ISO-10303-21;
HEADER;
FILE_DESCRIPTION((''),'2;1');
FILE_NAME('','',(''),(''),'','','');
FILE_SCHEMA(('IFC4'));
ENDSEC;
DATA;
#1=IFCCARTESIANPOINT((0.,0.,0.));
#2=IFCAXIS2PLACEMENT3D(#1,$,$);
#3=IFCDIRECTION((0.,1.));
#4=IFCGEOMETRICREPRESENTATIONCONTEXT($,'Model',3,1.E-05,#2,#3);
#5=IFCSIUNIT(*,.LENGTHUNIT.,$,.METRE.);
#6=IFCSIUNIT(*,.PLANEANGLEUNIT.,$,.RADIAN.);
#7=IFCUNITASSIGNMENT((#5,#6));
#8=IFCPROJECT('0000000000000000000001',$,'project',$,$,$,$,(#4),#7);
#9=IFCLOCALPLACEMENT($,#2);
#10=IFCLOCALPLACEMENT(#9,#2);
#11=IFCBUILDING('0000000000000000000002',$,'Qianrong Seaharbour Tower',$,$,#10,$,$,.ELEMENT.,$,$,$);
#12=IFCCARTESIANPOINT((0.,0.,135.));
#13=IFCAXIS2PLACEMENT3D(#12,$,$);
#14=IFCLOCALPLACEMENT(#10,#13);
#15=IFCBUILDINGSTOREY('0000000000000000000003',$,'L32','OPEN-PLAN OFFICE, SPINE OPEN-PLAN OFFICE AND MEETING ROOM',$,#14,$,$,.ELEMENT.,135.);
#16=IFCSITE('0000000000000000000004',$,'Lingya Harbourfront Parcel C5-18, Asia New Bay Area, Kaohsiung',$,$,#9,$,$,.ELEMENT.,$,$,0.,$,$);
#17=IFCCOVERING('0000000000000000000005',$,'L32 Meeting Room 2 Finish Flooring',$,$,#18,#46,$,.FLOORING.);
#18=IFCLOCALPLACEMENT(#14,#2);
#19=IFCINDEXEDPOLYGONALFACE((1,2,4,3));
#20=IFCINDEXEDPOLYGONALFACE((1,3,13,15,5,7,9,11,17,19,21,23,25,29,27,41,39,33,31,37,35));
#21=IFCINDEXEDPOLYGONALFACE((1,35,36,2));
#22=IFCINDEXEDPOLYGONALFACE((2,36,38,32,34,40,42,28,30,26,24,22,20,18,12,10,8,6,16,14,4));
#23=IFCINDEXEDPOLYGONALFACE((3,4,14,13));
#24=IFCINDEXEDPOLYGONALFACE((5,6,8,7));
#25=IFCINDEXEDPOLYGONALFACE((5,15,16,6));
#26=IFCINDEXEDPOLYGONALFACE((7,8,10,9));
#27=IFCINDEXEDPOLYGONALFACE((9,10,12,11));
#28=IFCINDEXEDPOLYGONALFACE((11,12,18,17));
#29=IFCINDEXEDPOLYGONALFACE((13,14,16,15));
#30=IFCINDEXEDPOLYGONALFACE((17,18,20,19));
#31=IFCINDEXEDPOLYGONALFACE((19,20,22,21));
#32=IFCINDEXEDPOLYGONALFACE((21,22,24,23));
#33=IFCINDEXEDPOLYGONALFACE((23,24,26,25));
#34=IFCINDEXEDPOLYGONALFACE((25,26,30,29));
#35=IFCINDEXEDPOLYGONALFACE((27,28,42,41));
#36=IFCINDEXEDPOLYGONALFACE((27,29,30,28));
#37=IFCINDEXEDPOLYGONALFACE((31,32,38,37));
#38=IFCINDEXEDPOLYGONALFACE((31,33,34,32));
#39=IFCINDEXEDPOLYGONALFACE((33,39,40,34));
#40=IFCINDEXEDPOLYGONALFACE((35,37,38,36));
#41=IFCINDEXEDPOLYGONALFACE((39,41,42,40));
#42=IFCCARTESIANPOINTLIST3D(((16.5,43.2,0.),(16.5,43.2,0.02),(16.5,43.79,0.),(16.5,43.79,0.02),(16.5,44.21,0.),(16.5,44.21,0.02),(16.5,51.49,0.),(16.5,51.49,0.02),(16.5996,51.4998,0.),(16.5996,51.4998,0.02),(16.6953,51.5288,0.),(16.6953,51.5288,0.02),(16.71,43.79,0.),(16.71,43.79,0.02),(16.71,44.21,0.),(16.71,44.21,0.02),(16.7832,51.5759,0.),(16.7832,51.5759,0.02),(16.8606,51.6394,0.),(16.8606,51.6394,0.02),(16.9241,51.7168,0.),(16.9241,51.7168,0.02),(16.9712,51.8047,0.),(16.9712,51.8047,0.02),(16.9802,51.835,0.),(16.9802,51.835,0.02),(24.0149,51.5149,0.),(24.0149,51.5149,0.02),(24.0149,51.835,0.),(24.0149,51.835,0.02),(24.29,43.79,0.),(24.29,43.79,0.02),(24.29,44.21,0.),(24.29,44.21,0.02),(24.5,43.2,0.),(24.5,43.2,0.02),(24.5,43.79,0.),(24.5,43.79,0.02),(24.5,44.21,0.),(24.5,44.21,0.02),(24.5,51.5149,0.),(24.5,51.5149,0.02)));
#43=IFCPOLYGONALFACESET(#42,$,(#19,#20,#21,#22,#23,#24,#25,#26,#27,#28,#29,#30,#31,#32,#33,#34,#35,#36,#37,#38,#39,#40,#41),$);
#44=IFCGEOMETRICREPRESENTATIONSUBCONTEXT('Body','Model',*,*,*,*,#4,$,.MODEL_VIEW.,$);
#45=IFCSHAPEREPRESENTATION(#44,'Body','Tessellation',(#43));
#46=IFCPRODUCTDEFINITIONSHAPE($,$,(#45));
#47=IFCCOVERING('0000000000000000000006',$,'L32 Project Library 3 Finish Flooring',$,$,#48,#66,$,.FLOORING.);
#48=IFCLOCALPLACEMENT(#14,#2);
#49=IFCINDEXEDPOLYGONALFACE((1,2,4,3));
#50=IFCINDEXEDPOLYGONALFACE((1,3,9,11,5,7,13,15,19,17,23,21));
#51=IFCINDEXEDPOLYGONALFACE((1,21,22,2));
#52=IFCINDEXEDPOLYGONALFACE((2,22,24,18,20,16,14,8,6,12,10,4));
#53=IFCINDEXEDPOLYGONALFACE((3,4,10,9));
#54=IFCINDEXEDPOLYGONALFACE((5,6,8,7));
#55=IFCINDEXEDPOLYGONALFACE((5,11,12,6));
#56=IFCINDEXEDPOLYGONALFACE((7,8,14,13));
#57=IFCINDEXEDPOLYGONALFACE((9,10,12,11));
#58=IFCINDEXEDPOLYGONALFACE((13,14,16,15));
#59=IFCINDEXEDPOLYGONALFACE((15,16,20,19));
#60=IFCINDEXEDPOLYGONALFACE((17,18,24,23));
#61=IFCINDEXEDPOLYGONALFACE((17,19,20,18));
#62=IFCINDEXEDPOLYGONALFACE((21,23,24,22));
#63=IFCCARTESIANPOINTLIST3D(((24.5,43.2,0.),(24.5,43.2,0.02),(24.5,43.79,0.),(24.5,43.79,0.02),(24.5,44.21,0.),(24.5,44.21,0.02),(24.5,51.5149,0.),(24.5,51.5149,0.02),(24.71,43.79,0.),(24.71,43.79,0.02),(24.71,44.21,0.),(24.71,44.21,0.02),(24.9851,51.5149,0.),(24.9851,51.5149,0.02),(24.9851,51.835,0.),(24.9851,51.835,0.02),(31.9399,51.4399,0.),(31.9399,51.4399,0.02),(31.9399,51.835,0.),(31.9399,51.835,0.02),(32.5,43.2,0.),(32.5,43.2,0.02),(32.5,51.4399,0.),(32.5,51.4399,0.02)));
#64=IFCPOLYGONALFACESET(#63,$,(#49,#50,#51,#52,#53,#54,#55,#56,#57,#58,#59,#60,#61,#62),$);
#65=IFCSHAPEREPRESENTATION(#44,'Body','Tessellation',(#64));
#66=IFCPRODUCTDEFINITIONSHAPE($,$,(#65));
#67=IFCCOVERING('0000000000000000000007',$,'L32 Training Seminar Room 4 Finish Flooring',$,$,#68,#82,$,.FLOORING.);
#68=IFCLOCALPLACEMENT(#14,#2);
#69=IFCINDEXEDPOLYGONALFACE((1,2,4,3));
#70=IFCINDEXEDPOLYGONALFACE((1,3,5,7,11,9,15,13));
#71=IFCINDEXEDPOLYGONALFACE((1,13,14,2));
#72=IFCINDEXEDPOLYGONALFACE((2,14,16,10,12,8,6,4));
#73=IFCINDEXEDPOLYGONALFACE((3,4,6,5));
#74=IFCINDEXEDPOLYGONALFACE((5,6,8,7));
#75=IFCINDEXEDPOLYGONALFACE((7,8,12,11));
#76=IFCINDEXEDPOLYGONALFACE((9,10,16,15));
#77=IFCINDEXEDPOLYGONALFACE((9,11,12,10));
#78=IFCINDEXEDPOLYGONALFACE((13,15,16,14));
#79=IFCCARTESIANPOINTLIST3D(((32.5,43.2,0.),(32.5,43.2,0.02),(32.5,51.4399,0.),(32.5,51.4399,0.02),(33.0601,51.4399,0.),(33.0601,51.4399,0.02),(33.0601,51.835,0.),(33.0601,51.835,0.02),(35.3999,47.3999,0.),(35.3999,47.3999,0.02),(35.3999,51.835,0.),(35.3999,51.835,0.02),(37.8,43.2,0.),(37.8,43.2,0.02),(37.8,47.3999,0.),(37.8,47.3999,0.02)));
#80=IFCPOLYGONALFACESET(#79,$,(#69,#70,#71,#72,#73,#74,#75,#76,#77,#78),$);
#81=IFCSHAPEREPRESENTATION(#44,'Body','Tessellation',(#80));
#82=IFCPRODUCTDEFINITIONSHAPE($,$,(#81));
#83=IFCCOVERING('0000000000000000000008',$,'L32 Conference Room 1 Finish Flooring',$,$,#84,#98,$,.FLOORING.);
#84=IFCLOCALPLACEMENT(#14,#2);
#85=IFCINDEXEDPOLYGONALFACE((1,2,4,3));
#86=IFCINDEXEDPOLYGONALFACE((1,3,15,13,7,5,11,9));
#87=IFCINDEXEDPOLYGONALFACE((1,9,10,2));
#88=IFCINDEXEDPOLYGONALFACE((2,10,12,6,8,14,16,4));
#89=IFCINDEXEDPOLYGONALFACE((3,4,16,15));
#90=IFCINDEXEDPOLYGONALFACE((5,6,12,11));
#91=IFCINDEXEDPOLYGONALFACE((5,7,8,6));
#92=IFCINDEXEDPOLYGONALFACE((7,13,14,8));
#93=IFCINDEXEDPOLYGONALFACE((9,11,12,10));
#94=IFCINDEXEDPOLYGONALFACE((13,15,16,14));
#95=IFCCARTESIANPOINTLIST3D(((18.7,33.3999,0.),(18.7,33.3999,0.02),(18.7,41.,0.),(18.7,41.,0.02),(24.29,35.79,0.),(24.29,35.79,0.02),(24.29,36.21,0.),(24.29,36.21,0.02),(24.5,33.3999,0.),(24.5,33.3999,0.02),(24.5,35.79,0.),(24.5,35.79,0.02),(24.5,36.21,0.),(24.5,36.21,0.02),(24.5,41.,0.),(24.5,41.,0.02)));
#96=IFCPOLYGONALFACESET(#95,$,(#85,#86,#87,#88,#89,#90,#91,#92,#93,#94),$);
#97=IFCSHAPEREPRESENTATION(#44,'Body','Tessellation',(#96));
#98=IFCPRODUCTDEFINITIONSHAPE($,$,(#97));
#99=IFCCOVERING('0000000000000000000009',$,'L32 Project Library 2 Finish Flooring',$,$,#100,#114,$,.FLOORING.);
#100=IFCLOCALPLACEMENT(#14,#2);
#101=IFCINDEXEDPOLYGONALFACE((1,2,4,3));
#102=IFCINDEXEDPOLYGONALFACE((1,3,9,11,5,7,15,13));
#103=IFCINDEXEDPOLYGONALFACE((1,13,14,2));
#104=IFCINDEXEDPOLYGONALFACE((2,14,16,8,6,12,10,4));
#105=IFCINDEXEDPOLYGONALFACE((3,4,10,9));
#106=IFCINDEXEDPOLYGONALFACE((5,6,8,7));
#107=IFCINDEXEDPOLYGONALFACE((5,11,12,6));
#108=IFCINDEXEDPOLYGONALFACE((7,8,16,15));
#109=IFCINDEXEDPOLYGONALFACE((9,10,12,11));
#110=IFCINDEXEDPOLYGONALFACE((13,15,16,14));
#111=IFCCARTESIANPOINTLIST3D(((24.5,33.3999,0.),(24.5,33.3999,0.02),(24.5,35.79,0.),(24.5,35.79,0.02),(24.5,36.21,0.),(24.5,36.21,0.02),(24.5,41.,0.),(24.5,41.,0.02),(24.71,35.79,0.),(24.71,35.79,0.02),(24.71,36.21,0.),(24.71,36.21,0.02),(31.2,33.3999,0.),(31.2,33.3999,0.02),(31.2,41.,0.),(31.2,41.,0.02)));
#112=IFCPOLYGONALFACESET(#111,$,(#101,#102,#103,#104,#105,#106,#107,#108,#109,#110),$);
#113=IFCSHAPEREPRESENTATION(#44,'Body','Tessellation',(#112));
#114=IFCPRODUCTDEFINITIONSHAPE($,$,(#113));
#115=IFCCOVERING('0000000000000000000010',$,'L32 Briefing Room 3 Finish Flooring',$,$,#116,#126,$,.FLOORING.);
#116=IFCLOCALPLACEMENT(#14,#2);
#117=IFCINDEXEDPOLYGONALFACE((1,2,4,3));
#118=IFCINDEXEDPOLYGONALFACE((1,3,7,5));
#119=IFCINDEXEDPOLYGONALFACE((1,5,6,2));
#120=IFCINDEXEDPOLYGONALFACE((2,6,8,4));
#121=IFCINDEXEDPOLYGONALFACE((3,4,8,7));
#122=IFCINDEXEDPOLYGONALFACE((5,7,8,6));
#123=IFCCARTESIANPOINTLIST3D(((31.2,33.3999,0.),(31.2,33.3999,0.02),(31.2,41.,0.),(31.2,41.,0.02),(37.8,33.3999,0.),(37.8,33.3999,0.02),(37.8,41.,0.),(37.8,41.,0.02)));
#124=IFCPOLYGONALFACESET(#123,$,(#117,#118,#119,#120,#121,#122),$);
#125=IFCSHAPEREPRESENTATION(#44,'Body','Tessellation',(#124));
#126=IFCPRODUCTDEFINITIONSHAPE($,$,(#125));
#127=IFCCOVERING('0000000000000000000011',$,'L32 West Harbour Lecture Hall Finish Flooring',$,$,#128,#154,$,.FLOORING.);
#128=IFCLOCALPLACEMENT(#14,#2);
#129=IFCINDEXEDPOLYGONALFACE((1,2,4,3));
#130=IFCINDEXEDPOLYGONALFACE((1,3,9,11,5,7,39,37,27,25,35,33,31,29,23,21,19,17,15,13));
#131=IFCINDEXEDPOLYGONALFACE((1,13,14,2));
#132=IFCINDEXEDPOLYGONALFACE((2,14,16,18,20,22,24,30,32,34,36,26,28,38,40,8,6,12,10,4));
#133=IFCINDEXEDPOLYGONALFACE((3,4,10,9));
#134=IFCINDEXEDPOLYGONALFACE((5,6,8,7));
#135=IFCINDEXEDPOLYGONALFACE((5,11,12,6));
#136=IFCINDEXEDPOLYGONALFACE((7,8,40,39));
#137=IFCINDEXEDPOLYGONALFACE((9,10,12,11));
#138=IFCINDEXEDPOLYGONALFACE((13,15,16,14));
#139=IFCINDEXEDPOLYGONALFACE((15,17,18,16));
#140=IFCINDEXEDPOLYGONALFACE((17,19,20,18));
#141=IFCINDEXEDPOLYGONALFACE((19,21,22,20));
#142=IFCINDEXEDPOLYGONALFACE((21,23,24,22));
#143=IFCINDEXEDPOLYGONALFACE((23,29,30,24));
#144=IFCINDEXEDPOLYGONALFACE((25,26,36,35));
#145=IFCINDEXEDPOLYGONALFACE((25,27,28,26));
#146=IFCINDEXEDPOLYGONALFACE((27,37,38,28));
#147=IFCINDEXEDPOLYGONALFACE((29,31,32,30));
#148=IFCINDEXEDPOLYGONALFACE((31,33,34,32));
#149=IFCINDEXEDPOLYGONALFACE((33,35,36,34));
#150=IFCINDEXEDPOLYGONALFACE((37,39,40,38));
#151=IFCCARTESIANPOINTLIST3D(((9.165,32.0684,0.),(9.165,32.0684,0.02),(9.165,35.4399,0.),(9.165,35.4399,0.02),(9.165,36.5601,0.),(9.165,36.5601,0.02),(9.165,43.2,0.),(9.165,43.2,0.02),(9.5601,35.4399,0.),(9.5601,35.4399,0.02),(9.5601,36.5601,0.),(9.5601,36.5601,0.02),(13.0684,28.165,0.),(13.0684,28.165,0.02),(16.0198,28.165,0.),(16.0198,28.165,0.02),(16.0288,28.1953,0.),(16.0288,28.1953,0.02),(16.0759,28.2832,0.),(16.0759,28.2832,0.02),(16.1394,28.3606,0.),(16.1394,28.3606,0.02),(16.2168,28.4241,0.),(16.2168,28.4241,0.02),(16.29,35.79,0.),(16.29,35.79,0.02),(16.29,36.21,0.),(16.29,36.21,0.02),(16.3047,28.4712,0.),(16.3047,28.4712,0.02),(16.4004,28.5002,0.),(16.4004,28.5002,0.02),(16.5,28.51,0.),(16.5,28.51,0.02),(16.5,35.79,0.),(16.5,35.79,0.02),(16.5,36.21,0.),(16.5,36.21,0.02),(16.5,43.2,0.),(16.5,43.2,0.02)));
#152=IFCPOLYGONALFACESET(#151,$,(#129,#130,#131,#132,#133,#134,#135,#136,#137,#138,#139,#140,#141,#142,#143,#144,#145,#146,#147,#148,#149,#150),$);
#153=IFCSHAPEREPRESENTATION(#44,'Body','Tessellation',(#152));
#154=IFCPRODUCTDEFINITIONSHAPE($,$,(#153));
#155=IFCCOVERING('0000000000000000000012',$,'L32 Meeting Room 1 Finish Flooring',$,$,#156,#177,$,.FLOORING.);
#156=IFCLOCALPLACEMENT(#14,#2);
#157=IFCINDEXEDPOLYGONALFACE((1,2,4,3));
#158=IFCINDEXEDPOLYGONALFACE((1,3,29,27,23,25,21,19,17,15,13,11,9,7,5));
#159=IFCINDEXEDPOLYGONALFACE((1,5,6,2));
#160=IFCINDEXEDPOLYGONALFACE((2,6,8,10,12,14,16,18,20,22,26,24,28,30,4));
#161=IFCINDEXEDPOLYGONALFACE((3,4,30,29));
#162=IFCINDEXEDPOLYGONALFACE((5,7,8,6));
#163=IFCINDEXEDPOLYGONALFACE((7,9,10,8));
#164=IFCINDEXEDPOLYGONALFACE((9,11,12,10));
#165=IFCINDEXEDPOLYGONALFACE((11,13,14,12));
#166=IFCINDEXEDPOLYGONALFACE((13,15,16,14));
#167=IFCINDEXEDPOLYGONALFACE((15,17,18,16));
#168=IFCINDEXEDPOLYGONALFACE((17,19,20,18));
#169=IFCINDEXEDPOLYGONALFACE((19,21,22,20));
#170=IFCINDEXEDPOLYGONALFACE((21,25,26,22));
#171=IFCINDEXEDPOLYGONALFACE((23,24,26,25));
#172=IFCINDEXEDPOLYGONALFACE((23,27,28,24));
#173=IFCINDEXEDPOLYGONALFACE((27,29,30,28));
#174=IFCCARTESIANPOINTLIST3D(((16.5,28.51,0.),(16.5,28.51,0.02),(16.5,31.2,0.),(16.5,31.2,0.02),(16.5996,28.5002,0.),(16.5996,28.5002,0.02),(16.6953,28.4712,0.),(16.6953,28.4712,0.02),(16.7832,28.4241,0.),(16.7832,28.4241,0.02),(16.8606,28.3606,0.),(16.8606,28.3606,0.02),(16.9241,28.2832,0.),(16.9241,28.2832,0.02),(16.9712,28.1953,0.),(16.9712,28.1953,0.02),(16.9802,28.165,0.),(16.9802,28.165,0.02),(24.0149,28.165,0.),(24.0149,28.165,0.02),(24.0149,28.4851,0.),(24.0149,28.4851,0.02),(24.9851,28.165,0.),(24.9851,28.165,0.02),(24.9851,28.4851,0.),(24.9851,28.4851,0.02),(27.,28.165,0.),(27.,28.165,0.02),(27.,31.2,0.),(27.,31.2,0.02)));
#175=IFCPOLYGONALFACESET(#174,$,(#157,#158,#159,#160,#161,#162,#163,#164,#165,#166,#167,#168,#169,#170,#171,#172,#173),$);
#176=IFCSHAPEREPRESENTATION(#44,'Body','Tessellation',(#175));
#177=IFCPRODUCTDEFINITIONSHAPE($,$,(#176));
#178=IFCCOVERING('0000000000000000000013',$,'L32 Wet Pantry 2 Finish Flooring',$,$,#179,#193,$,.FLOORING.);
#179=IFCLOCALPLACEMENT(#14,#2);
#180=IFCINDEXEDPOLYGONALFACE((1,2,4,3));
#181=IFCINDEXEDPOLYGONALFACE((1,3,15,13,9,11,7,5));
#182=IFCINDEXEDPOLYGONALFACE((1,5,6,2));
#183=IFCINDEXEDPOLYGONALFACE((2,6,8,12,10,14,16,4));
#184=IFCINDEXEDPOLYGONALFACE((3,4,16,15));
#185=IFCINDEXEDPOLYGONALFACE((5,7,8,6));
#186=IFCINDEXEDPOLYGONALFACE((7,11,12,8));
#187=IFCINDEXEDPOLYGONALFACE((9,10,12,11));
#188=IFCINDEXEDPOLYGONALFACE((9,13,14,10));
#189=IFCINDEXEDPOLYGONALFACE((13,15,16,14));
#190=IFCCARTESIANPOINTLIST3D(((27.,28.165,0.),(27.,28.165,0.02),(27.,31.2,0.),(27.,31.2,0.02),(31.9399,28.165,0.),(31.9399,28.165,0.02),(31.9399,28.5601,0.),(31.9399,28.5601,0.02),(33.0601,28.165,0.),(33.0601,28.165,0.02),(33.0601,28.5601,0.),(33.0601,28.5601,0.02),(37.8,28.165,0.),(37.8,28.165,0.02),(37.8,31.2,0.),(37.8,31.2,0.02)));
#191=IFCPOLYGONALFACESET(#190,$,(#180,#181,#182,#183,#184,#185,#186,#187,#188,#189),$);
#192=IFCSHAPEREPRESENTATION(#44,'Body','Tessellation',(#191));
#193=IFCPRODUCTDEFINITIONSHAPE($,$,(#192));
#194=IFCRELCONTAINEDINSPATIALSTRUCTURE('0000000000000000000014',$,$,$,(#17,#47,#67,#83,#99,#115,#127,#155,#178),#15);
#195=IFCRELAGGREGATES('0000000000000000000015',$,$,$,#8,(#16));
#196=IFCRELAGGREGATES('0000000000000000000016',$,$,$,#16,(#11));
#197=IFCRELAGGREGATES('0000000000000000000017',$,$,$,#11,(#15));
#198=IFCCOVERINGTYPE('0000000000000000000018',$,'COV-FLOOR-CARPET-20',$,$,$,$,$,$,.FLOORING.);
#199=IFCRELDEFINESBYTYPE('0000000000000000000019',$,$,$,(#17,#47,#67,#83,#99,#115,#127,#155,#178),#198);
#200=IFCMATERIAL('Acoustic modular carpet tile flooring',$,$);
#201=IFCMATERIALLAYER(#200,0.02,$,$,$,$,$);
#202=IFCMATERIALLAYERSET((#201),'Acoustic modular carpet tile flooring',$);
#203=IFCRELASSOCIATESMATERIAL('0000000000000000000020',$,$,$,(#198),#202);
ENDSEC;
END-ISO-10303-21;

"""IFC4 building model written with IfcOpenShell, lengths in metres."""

from ifc_helpers import new_model, si_unit, direction, frame, origin, place, context, subcontext, project, spatial, polyline, outline, extrude, material, layer, layer_set, type_object, element, save


model = new_model("IFC4")

# Units and contexts
model_context = context("Model", 3, precision=1e-05, world=origin(), true_north=direction((0.0, 1.0)))
body_context = subcontext(model_context, "Body", "Model", "MODEL_VIEW")
ifc_project = project(units=[si_unit("LENGTHUNIT", "METRE"), si_unit("PLANEANGLEUNIT", "RADIAN")], contexts=[model_context])

# Site, building, storey
site_placement = place(None, origin())
site = spatial("IfcSite", under=ifc_project, at=site_placement, Name="Lingya Harbourfront Parcel C5-18, Asia New Bay Area, Kaohsiung", CompositionType="ELEMENT", RefElevation=0.0)
building_placement = place(site_placement, origin())
building = spatial("IfcBuilding", under=site, at=building_placement, Name="Qianrong Seaharbour Tower", CompositionType="ELEMENT")
storey_placement = place(building_placement, frame((0.0, 0.0, 135.0)))
storey = spatial("IfcBuildingStorey", under=building, at=storey_placement, Name="L32", Description="OPEN-PLAN OFFICE, SPINE OPEN-PLAN OFFICE AND MEETING ROOM", CompositionType="ELEMENT", Elevation=135.0)

# Coverings
ifc_material_1 = material(Name="Acoustic modular carpet tile flooring")
ifc_layer_1 = layer(ifc_material_1, 0.02)
ifc_layer_set_1 = layer_set([ifc_layer_1], Name="Acoustic modular carpet tile flooring")
covering_type_1 = type_object("IfcCoveringType", Name="COV-FLOOR-CARPET-20", PredefinedType="FLOORING", material=ifc_layer_set_1)
covering_1_placement = place(storey_placement, origin())
element("IfcCovering", 1, at=covering_1_placement, inside=storey, type_object=covering_type_1, Name="L32 Meeting Room 2 Finish Flooring", PredefinedType="FLOORING", context=body_context, shape_type="SweptSolid", body=[
    extrude(outline(polyline([(16.5, 43.79), (16.71, 43.79), (16.71, 44.21), (16.5, 44.21), (16.5, 51.49), (16.5996, 51.4998), (16.6953, 51.5288), (16.7832, 51.5759), (16.8606, 51.6394), (16.9241, 51.7168), (16.9712, 51.8047), (16.9802, 51.835), (24.0149, 51.835), (24.0149, 51.5149), (24.5, 51.5149), (24.5, 44.21), (24.29, 44.21), (24.29, 43.79), (24.5, 43.79), (24.5, 43.2), (16.5, 43.2), (16.5, 43.79)])), origin(), (0.0, 0.0, 1.0), 0.02),
])
covering_2_placement = place(storey_placement, origin())
element("IfcCovering", 2, at=covering_2_placement, inside=storey, type_object=covering_type_1, Name="L32 Project Library 3 Finish Flooring", PredefinedType="FLOORING", context=body_context, shape_type="SweptSolid", body=[
    extrude(outline(polyline([(24.5, 43.79), (24.71, 43.79), (24.71, 44.21), (24.5, 44.21), (24.5, 51.5149), (24.9851, 51.5149), (24.9851, 51.835), (31.9399, 51.835), (31.9399, 51.4399), (32.5, 51.4399), (32.5, 43.2), (24.5, 43.2), (24.5, 43.79)])), origin(), (0.0, 0.0, 1.0), 0.02),
])
covering_3_placement = place(storey_placement, origin())
element("IfcCovering", 3, at=covering_3_placement, inside=storey, type_object=covering_type_1, Name="L32 Training Seminar Room 4 Finish Flooring", PredefinedType="FLOORING", context=body_context, shape_type="SweptSolid", body=[
    extrude(outline(polyline([(32.5, 51.4399), (33.0601, 51.4399), (33.0601, 51.835), (35.3999, 51.835), (35.3999, 47.3999), (37.8, 47.3999), (37.8, 43.2), (32.5, 43.2), (32.5, 51.4399)])), origin(), (0.0, 0.0, 1.0), 0.02),
])
covering_4_placement = place(storey_placement, origin())
element("IfcCovering", 4, at=covering_4_placement, inside=storey, type_object=covering_type_1, Name="L32 Conference Room 1 Finish Flooring", PredefinedType="FLOORING", context=body_context, shape_type="SweptSolid", body=[
    extrude(outline(polyline([(24.5, 41.0), (24.5, 36.21), (24.29, 36.21), (24.29, 35.79), (24.5, 35.79), (24.5, 33.3999), (18.7, 33.3999), (18.7, 41.0), (24.5, 41.0)])), origin(), (0.0, 0.0, 1.0), 0.02),
])
covering_5_placement = place(storey_placement, origin())
element("IfcCovering", 5, at=covering_5_placement, inside=storey, type_object=covering_type_1, Name="L32 Project Library 2 Finish Flooring", PredefinedType="FLOORING", context=body_context, shape_type="SweptSolid", body=[
    extrude(outline(polyline([(31.2, 41.0), (31.2, 33.3999), (24.5, 33.3999), (24.5, 35.79), (24.71, 35.79), (24.71, 36.21), (24.5, 36.21), (24.5, 41.0), (31.2, 41.0)])), origin(), (0.0, 0.0, 1.0), 0.02),
])
covering_6_placement = place(storey_placement, origin())
element("IfcCovering", 6, at=covering_6_placement, inside=storey, type_object=covering_type_1, Name="L32 Briefing Room 3 Finish Flooring", PredefinedType="FLOORING", context=body_context, shape_type="SweptSolid", body=[
    extrude(outline(polyline([(37.8, 41.0), (37.8, 33.3999), (31.2, 33.3999), (31.2, 41.0), (37.8, 41.0)])), origin(), (0.0, 0.0, 1.0), 0.02),
])
covering_7_placement = place(storey_placement, origin())
element("IfcCovering", 7, at=covering_7_placement, inside=storey, type_object=covering_type_1, Name="L32 West Harbour Lecture Hall Finish Flooring", PredefinedType="FLOORING", context=body_context, shape_type="SweptSolid", body=[
    extrude(outline(polyline([(13.0684, 28.165), (9.165, 32.0684), (9.165, 35.4399), (9.5601, 35.4399), (9.5601, 36.5601), (9.165, 36.5601), (9.165, 43.2), (16.5, 43.2), (16.5, 36.21), (16.29, 36.21), (16.29, 35.79), (16.5, 35.79), (16.5, 28.51), (16.4004, 28.5002), (16.3047, 28.4712), (16.2168, 28.4241), (16.1394, 28.3606), (16.0759, 28.2832), (16.0288, 28.1953), (16.0198, 28.165), (13.0684, 28.165)])), origin(), (0.0, 0.0, 1.0), 0.02),
])
covering_8_placement = place(storey_placement, origin())
element("IfcCovering", 8, at=covering_8_placement, inside=storey, type_object=covering_type_1, Name="L32 Meeting Room 1 Finish Flooring", PredefinedType="FLOORING", context=body_context, shape_type="SweptSolid", body=[
    extrude(outline(polyline([(27.0, 28.165), (24.9851, 28.165), (24.9851, 28.4851), (24.0149, 28.4851), (24.0149, 28.165), (16.9802, 28.165), (16.9712, 28.1953), (16.9241, 28.2832), (16.8606, 28.3606), (16.7832, 28.4241), (16.6953, 28.4712), (16.5996, 28.5002), (16.5, 28.51), (16.5, 31.2), (27.0, 31.2), (27.0, 28.165)])), origin(), (0.0, 0.0, 1.0), 0.02),
])
covering_9_placement = place(storey_placement, origin())
element("IfcCovering", 9, at=covering_9_placement, inside=storey, type_object=covering_type_1, Name="L32 Wet Pantry 2 Finish Flooring", PredefinedType="FLOORING", context=body_context, shape_type="SweptSolid", body=[
    extrude(outline(polyline([(37.8, 28.165), (33.0601, 28.165), (33.0601, 28.5601), (31.9399, 28.5601), (31.9399, 28.165), (27.0, 28.165), (27.0, 31.2), (37.8, 31.2), (37.8, 28.165)])), origin(), (0.0, 0.0, 1.0), 0.02),
])

save(model, "model.ifc")
